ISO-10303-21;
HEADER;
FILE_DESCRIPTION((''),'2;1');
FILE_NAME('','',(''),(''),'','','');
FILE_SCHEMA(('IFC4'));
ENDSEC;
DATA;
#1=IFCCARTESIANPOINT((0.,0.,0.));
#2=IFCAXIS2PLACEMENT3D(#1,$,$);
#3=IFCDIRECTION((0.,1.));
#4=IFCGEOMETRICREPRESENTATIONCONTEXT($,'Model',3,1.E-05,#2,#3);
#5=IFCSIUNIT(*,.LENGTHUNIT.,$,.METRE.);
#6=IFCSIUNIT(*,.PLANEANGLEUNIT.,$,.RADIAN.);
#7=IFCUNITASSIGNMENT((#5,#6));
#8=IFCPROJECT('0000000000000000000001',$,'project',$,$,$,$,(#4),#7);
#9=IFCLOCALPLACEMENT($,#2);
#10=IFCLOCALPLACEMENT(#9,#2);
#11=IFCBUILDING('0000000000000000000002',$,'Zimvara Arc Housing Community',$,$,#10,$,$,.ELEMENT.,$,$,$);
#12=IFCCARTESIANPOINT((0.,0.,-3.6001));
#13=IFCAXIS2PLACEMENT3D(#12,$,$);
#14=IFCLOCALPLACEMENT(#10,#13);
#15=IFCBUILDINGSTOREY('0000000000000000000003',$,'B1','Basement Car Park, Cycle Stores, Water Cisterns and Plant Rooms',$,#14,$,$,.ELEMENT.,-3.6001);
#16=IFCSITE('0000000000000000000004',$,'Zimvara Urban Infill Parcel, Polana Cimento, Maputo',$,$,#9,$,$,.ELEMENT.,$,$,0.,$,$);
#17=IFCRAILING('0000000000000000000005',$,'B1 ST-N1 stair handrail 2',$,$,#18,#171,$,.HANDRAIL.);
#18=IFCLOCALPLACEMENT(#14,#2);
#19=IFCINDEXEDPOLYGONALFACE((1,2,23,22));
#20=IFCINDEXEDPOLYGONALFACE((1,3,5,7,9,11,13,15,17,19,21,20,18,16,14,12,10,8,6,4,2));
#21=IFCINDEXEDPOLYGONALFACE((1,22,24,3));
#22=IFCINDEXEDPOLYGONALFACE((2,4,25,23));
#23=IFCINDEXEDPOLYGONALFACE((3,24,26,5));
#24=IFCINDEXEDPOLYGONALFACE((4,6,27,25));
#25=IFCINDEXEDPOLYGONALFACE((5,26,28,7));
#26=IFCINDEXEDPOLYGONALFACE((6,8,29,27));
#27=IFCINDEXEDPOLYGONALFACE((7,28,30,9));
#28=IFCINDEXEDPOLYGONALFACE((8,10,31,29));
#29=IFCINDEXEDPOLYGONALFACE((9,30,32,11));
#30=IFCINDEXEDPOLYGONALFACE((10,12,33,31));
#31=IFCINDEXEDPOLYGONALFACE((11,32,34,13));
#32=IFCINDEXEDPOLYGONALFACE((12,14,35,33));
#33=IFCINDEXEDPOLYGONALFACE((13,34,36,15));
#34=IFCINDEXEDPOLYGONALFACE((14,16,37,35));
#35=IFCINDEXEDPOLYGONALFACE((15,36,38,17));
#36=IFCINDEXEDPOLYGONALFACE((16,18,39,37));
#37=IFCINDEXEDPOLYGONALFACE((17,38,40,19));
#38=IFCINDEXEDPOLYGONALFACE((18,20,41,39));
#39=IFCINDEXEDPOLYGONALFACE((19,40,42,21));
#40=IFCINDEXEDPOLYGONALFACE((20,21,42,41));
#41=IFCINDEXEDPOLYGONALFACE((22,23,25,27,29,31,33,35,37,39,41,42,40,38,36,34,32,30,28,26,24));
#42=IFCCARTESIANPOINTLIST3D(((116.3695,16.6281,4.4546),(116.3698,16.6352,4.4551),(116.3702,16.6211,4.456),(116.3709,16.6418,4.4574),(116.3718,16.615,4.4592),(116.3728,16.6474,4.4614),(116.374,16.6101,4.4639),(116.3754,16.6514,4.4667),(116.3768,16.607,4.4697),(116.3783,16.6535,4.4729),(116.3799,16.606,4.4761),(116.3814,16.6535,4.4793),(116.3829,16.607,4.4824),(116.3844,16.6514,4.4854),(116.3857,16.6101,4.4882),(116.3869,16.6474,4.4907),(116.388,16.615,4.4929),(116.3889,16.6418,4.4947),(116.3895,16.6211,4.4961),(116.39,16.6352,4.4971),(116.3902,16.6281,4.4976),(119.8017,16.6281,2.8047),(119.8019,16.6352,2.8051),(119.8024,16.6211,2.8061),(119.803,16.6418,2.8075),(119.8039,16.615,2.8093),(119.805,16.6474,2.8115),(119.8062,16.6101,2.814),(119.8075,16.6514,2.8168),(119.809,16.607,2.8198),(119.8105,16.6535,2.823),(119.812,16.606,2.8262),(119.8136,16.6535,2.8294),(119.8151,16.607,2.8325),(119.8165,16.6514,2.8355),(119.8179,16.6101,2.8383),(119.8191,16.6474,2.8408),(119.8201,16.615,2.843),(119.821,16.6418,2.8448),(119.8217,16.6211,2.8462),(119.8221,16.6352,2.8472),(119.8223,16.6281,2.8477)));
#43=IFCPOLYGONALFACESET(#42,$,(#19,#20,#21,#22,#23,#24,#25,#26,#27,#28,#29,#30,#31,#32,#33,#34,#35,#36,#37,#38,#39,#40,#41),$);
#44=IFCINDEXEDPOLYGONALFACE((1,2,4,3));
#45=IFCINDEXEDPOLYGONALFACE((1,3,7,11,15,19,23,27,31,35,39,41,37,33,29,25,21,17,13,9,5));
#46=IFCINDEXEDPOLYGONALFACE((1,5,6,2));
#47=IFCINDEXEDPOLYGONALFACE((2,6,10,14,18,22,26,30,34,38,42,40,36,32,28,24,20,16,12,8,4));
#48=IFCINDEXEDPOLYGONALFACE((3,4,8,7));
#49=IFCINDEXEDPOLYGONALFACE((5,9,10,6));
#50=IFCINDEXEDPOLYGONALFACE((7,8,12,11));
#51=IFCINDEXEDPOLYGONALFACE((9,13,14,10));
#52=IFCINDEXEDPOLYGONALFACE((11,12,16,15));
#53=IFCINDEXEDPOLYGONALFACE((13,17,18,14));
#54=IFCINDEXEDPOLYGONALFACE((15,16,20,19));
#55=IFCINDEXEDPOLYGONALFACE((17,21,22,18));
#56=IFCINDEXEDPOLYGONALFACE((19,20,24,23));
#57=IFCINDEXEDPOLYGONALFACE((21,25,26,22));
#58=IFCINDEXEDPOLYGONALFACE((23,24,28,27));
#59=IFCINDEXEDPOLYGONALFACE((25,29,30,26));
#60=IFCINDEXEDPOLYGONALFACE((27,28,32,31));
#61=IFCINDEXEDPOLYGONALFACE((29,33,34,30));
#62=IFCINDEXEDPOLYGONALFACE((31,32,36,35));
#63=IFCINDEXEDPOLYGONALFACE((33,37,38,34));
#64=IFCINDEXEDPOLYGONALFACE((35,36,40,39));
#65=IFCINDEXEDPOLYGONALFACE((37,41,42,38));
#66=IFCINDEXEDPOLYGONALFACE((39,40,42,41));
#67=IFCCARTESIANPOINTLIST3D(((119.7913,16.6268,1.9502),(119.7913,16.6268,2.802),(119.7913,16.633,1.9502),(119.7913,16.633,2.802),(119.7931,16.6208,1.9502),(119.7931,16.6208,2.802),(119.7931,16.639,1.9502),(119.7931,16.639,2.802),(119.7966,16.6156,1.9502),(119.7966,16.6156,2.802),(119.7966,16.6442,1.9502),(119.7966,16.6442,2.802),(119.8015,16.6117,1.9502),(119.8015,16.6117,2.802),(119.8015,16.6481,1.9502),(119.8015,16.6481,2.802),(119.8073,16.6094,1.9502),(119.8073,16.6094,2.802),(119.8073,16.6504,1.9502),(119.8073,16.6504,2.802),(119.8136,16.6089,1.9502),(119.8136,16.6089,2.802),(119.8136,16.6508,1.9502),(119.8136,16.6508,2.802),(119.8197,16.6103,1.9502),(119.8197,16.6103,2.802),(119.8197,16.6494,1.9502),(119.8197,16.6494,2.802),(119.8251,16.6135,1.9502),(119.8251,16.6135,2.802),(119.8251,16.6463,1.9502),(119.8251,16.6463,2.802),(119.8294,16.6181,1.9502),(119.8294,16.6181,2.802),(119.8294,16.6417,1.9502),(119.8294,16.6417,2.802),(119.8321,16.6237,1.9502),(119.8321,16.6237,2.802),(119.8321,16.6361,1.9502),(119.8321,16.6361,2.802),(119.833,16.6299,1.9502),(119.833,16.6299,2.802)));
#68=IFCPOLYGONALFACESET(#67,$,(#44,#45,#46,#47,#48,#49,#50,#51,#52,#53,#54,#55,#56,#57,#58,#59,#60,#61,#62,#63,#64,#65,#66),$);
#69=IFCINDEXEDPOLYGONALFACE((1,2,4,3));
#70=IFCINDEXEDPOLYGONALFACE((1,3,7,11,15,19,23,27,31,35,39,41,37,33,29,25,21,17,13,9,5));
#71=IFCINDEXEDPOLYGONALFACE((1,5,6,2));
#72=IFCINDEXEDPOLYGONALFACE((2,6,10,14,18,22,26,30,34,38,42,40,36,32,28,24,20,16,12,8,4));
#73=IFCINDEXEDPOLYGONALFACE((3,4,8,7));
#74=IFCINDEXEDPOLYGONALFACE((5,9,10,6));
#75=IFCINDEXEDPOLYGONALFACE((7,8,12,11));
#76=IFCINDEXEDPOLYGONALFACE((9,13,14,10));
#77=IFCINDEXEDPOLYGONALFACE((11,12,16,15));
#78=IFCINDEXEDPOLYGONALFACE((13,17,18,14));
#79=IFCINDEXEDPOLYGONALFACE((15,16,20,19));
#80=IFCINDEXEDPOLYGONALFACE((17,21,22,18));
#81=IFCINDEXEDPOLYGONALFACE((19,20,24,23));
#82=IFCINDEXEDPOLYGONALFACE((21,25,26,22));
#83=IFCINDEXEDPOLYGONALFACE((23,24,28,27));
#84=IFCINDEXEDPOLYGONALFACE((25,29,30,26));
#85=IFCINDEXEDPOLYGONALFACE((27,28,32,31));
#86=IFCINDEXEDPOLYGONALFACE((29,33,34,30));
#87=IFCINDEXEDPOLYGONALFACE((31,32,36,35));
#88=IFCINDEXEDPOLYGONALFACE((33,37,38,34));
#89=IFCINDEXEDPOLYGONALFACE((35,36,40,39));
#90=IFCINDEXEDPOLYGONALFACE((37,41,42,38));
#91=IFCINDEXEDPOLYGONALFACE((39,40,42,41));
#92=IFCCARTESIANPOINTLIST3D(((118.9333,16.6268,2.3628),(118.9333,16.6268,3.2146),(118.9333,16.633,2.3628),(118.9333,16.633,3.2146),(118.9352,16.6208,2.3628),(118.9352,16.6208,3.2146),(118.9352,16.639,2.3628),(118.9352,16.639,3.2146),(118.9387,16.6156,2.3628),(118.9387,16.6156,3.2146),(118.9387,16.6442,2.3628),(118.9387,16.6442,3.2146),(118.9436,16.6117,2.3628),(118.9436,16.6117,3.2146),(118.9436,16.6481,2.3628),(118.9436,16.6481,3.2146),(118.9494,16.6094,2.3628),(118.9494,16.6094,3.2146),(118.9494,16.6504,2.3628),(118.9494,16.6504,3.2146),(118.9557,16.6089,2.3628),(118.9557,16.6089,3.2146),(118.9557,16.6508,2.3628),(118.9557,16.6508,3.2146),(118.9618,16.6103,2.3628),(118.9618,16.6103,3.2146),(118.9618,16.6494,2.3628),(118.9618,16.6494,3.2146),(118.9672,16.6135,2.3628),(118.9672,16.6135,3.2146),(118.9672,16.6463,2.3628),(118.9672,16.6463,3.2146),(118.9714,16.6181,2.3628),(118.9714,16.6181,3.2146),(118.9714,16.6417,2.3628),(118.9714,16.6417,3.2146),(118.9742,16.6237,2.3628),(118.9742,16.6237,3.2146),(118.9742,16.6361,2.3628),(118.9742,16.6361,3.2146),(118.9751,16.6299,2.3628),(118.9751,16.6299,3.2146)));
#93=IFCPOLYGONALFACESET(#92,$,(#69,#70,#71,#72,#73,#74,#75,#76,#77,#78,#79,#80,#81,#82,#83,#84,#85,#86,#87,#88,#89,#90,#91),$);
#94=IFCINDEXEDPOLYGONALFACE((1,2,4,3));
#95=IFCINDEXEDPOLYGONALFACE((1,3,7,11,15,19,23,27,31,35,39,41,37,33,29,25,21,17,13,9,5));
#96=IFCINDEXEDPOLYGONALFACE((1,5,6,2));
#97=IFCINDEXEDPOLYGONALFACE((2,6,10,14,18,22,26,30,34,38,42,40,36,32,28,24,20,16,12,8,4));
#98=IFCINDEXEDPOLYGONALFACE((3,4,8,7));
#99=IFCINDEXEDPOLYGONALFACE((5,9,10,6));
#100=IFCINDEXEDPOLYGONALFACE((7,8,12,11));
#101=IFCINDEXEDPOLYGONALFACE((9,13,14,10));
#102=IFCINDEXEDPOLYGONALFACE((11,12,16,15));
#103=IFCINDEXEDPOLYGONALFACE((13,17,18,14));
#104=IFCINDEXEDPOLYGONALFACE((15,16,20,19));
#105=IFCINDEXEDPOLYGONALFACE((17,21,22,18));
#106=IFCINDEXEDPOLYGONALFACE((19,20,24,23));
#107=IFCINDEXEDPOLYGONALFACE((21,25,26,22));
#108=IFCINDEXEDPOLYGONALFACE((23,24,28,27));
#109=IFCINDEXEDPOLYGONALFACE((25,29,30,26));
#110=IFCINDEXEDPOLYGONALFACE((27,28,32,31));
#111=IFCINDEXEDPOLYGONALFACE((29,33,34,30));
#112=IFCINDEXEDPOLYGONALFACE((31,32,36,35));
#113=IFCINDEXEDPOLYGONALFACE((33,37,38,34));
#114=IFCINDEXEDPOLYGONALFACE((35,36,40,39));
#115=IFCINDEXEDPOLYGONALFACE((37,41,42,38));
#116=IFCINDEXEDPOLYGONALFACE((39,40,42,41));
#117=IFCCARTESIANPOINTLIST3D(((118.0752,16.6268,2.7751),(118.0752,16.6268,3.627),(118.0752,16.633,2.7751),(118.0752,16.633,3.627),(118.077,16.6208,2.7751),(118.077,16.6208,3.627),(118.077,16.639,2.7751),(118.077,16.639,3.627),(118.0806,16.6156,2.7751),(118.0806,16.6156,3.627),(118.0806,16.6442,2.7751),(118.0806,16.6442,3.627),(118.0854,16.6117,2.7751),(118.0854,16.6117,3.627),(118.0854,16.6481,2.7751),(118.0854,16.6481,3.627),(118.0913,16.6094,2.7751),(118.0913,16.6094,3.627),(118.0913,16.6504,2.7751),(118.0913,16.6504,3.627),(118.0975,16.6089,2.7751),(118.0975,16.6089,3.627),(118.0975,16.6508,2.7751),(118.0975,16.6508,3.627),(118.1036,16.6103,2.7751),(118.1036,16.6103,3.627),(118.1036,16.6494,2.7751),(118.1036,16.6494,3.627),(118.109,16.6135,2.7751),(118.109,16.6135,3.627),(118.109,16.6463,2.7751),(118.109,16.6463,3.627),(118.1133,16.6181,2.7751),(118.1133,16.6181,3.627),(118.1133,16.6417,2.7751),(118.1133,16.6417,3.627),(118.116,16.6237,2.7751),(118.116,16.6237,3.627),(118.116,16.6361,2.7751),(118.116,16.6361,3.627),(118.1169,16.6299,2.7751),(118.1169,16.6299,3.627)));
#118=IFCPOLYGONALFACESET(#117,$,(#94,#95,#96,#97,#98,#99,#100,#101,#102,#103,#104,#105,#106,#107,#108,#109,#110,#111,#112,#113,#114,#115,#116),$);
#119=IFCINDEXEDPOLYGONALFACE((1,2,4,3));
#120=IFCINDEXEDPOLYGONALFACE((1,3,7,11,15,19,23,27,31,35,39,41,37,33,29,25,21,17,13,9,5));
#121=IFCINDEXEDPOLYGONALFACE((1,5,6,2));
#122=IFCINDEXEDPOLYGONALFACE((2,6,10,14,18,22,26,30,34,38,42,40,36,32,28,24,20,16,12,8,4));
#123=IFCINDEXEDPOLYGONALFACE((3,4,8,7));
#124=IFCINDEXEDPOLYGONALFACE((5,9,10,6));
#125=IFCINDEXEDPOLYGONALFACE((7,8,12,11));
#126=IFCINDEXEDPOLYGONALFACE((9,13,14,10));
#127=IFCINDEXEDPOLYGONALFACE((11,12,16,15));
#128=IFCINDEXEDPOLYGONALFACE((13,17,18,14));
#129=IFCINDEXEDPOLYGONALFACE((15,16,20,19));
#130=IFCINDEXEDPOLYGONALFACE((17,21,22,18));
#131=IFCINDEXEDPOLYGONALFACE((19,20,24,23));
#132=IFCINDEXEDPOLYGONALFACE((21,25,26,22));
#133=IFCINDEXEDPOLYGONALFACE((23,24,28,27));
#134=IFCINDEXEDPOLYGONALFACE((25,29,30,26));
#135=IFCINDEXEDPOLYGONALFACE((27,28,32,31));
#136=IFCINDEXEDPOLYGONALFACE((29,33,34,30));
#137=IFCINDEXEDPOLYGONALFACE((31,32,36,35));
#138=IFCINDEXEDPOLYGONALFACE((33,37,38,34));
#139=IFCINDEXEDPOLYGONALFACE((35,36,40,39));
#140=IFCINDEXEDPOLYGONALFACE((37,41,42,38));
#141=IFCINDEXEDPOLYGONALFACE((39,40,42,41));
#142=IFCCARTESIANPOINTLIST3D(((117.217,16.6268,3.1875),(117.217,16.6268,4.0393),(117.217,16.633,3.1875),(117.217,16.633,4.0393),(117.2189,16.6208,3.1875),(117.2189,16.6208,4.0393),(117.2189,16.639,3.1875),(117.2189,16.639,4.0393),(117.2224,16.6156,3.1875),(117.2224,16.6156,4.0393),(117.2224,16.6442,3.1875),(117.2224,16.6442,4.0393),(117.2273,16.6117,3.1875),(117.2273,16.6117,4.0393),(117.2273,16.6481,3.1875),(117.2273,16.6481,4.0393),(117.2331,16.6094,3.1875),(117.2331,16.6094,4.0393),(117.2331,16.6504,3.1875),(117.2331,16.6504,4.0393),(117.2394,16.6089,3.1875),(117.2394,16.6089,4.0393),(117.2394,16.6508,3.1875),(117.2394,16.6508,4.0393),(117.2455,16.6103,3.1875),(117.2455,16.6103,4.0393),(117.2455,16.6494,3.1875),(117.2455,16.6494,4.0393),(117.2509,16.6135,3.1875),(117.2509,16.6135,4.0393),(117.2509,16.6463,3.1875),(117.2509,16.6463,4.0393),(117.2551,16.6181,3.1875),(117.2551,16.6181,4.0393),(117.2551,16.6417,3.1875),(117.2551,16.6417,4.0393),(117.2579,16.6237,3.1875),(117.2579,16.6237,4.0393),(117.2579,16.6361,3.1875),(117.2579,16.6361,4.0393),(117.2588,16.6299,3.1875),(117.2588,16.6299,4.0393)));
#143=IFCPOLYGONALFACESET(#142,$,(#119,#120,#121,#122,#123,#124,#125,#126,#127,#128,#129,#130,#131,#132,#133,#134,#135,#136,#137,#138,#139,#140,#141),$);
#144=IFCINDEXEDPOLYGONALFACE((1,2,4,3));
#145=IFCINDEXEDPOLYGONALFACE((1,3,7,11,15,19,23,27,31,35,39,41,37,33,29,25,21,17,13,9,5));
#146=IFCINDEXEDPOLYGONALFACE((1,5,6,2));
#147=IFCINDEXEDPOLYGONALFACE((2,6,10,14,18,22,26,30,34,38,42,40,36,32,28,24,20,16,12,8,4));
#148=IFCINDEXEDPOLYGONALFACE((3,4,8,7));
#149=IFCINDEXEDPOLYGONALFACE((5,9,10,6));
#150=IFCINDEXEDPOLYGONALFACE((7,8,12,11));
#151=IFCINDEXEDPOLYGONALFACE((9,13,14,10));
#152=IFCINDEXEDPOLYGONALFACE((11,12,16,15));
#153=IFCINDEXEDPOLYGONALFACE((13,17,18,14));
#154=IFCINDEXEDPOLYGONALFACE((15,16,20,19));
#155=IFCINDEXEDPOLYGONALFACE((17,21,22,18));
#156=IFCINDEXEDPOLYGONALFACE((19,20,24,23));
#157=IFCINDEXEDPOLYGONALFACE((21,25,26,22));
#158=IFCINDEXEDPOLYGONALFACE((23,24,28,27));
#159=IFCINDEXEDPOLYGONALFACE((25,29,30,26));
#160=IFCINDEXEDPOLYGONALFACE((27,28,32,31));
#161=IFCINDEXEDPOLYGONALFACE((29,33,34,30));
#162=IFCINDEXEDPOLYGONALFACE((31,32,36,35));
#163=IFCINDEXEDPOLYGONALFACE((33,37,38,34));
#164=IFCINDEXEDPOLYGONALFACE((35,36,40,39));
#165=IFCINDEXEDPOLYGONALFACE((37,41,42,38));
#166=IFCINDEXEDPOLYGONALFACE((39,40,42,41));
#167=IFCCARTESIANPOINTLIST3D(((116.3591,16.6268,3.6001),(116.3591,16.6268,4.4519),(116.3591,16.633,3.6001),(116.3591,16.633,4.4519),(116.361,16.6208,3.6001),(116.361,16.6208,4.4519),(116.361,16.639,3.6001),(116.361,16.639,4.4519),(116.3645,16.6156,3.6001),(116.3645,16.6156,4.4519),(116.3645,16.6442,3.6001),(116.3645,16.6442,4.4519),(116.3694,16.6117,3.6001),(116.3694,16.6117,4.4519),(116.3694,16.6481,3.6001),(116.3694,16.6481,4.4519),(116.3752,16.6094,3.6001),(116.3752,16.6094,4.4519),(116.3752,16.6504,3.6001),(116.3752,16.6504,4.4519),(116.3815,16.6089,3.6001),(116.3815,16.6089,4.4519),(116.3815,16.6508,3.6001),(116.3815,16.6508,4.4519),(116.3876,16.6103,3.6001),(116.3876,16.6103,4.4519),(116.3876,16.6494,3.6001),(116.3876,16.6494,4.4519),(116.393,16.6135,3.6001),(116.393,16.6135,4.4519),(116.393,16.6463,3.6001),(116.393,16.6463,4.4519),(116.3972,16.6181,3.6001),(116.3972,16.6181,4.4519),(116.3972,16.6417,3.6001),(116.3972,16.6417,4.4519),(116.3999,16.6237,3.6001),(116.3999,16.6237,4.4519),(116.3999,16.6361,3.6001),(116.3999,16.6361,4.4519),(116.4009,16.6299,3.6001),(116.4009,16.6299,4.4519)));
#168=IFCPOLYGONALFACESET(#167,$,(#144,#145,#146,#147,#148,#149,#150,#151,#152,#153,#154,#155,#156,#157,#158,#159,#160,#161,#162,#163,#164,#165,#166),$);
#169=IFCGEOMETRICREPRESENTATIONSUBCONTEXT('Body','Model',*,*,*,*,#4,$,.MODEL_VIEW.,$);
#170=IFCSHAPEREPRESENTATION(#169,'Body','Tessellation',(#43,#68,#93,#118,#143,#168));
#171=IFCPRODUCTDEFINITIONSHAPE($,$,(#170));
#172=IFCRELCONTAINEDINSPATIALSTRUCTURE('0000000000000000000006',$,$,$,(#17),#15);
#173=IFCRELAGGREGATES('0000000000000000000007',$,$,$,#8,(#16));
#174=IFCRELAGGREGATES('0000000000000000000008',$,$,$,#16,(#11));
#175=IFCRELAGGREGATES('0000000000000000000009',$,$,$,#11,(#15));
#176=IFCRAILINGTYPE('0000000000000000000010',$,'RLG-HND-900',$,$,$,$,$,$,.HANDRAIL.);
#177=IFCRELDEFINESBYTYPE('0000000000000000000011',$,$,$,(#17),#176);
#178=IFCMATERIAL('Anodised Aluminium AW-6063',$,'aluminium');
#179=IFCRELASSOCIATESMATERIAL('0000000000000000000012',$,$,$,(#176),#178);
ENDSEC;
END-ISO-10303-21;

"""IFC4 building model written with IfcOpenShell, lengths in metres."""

from ifc_helpers import new_model, si_unit, direction, frame, origin, origin_2d, place, context, subcontext, project, spatial, circle, extrude, material, type_object, element, save


model = new_model("IFC4")

# Units and contexts
model_context = context("Model", 3, precision=1e-05, world=origin(), true_north=direction((0.0, 1.0)))
body_context = subcontext(model_context, "Body", "Model", "MODEL_VIEW")
ifc_project = project(units=[si_unit("LENGTHUNIT", "METRE"), si_unit("PLANEANGLEUNIT", "RADIAN")], contexts=[model_context])

# Site, building, storey
site_placement = place(None, origin())
site = spatial("IfcSite", under=ifc_project, at=site_placement, Name="Zimvara Urban Infill Parcel, Polana Cimento, Maputo", CompositionType="ELEMENT", RefElevation=0.0)
building_placement = place(site_placement, origin())
building = spatial("IfcBuilding", under=site, at=building_placement, Name="Zimvara Arc Housing Community", CompositionType="ELEMENT")
storey_placement = place(building_placement, frame((0.0, 0.0, -3.6001)))
storey = spatial("IfcBuildingStorey", under=building, at=storey_placement, Name="B1", Description="Basement Car Park, Cycle Stores, Water Cisterns and Plant Rooms", CompositionType="ELEMENT", Elevation=-3.6001)

# Railing
ifc_material_1 = material(Name="Anodised Aluminium AW-6063", Category="aluminium")
railing_type_1 = type_object("IfcRailingType", Name="RLG-HND-900", PredefinedType="HANDRAIL", material=ifc_material_1)
railing_1_placement = place(storey_placement, frame((119.812, 16.6299, 1.9502)))
element("IfcRailing", 1, at=railing_1_placement, inside=storey, type_object=railing_type_1, Name="B1 ST-N1 stair handrail 2", PredefinedType="HANDRAIL", context=body_context, shape_type="SweptSolid", body=[
    extrude(circle(Radius=0.0239, at=origin_2d()), frame((0.0, 0.0, 0.876), z_axis=(-0.901269, 0.0, 0.43326), x_axis=(0.0, -1.0, 0.0)), (0.0, 0.0, 1.0), 3.8081),
    extrude(circle(Radius=0.021, at=origin_2d()), origin(), (0.0, 0.0, 1.0), 0.8518),
    extrude(circle(Radius=0.021, at=origin_2d()), frame((-0.8579, 0.0, 0.4126)), (0.0, 0.0, 1.0), 0.8518),
    extrude(circle(Radius=0.021, at=origin_2d()), frame((-1.7161, 0.0, 0.825)), (0.0, 0.0, 1.0), 0.8518),
    extrude(circle(Radius=0.021, at=origin_2d()), frame((-2.5742, 0.0, 1.2373)), (0.0, 0.0, 1.0), 0.8518),
    extrude(circle(Radius=0.021, at=origin_2d()), frame((-3.4321, 0.0, 1.6499)), (0.0, 0.0, 1.0), 0.8518),
])

save(model, "model.ifc")
